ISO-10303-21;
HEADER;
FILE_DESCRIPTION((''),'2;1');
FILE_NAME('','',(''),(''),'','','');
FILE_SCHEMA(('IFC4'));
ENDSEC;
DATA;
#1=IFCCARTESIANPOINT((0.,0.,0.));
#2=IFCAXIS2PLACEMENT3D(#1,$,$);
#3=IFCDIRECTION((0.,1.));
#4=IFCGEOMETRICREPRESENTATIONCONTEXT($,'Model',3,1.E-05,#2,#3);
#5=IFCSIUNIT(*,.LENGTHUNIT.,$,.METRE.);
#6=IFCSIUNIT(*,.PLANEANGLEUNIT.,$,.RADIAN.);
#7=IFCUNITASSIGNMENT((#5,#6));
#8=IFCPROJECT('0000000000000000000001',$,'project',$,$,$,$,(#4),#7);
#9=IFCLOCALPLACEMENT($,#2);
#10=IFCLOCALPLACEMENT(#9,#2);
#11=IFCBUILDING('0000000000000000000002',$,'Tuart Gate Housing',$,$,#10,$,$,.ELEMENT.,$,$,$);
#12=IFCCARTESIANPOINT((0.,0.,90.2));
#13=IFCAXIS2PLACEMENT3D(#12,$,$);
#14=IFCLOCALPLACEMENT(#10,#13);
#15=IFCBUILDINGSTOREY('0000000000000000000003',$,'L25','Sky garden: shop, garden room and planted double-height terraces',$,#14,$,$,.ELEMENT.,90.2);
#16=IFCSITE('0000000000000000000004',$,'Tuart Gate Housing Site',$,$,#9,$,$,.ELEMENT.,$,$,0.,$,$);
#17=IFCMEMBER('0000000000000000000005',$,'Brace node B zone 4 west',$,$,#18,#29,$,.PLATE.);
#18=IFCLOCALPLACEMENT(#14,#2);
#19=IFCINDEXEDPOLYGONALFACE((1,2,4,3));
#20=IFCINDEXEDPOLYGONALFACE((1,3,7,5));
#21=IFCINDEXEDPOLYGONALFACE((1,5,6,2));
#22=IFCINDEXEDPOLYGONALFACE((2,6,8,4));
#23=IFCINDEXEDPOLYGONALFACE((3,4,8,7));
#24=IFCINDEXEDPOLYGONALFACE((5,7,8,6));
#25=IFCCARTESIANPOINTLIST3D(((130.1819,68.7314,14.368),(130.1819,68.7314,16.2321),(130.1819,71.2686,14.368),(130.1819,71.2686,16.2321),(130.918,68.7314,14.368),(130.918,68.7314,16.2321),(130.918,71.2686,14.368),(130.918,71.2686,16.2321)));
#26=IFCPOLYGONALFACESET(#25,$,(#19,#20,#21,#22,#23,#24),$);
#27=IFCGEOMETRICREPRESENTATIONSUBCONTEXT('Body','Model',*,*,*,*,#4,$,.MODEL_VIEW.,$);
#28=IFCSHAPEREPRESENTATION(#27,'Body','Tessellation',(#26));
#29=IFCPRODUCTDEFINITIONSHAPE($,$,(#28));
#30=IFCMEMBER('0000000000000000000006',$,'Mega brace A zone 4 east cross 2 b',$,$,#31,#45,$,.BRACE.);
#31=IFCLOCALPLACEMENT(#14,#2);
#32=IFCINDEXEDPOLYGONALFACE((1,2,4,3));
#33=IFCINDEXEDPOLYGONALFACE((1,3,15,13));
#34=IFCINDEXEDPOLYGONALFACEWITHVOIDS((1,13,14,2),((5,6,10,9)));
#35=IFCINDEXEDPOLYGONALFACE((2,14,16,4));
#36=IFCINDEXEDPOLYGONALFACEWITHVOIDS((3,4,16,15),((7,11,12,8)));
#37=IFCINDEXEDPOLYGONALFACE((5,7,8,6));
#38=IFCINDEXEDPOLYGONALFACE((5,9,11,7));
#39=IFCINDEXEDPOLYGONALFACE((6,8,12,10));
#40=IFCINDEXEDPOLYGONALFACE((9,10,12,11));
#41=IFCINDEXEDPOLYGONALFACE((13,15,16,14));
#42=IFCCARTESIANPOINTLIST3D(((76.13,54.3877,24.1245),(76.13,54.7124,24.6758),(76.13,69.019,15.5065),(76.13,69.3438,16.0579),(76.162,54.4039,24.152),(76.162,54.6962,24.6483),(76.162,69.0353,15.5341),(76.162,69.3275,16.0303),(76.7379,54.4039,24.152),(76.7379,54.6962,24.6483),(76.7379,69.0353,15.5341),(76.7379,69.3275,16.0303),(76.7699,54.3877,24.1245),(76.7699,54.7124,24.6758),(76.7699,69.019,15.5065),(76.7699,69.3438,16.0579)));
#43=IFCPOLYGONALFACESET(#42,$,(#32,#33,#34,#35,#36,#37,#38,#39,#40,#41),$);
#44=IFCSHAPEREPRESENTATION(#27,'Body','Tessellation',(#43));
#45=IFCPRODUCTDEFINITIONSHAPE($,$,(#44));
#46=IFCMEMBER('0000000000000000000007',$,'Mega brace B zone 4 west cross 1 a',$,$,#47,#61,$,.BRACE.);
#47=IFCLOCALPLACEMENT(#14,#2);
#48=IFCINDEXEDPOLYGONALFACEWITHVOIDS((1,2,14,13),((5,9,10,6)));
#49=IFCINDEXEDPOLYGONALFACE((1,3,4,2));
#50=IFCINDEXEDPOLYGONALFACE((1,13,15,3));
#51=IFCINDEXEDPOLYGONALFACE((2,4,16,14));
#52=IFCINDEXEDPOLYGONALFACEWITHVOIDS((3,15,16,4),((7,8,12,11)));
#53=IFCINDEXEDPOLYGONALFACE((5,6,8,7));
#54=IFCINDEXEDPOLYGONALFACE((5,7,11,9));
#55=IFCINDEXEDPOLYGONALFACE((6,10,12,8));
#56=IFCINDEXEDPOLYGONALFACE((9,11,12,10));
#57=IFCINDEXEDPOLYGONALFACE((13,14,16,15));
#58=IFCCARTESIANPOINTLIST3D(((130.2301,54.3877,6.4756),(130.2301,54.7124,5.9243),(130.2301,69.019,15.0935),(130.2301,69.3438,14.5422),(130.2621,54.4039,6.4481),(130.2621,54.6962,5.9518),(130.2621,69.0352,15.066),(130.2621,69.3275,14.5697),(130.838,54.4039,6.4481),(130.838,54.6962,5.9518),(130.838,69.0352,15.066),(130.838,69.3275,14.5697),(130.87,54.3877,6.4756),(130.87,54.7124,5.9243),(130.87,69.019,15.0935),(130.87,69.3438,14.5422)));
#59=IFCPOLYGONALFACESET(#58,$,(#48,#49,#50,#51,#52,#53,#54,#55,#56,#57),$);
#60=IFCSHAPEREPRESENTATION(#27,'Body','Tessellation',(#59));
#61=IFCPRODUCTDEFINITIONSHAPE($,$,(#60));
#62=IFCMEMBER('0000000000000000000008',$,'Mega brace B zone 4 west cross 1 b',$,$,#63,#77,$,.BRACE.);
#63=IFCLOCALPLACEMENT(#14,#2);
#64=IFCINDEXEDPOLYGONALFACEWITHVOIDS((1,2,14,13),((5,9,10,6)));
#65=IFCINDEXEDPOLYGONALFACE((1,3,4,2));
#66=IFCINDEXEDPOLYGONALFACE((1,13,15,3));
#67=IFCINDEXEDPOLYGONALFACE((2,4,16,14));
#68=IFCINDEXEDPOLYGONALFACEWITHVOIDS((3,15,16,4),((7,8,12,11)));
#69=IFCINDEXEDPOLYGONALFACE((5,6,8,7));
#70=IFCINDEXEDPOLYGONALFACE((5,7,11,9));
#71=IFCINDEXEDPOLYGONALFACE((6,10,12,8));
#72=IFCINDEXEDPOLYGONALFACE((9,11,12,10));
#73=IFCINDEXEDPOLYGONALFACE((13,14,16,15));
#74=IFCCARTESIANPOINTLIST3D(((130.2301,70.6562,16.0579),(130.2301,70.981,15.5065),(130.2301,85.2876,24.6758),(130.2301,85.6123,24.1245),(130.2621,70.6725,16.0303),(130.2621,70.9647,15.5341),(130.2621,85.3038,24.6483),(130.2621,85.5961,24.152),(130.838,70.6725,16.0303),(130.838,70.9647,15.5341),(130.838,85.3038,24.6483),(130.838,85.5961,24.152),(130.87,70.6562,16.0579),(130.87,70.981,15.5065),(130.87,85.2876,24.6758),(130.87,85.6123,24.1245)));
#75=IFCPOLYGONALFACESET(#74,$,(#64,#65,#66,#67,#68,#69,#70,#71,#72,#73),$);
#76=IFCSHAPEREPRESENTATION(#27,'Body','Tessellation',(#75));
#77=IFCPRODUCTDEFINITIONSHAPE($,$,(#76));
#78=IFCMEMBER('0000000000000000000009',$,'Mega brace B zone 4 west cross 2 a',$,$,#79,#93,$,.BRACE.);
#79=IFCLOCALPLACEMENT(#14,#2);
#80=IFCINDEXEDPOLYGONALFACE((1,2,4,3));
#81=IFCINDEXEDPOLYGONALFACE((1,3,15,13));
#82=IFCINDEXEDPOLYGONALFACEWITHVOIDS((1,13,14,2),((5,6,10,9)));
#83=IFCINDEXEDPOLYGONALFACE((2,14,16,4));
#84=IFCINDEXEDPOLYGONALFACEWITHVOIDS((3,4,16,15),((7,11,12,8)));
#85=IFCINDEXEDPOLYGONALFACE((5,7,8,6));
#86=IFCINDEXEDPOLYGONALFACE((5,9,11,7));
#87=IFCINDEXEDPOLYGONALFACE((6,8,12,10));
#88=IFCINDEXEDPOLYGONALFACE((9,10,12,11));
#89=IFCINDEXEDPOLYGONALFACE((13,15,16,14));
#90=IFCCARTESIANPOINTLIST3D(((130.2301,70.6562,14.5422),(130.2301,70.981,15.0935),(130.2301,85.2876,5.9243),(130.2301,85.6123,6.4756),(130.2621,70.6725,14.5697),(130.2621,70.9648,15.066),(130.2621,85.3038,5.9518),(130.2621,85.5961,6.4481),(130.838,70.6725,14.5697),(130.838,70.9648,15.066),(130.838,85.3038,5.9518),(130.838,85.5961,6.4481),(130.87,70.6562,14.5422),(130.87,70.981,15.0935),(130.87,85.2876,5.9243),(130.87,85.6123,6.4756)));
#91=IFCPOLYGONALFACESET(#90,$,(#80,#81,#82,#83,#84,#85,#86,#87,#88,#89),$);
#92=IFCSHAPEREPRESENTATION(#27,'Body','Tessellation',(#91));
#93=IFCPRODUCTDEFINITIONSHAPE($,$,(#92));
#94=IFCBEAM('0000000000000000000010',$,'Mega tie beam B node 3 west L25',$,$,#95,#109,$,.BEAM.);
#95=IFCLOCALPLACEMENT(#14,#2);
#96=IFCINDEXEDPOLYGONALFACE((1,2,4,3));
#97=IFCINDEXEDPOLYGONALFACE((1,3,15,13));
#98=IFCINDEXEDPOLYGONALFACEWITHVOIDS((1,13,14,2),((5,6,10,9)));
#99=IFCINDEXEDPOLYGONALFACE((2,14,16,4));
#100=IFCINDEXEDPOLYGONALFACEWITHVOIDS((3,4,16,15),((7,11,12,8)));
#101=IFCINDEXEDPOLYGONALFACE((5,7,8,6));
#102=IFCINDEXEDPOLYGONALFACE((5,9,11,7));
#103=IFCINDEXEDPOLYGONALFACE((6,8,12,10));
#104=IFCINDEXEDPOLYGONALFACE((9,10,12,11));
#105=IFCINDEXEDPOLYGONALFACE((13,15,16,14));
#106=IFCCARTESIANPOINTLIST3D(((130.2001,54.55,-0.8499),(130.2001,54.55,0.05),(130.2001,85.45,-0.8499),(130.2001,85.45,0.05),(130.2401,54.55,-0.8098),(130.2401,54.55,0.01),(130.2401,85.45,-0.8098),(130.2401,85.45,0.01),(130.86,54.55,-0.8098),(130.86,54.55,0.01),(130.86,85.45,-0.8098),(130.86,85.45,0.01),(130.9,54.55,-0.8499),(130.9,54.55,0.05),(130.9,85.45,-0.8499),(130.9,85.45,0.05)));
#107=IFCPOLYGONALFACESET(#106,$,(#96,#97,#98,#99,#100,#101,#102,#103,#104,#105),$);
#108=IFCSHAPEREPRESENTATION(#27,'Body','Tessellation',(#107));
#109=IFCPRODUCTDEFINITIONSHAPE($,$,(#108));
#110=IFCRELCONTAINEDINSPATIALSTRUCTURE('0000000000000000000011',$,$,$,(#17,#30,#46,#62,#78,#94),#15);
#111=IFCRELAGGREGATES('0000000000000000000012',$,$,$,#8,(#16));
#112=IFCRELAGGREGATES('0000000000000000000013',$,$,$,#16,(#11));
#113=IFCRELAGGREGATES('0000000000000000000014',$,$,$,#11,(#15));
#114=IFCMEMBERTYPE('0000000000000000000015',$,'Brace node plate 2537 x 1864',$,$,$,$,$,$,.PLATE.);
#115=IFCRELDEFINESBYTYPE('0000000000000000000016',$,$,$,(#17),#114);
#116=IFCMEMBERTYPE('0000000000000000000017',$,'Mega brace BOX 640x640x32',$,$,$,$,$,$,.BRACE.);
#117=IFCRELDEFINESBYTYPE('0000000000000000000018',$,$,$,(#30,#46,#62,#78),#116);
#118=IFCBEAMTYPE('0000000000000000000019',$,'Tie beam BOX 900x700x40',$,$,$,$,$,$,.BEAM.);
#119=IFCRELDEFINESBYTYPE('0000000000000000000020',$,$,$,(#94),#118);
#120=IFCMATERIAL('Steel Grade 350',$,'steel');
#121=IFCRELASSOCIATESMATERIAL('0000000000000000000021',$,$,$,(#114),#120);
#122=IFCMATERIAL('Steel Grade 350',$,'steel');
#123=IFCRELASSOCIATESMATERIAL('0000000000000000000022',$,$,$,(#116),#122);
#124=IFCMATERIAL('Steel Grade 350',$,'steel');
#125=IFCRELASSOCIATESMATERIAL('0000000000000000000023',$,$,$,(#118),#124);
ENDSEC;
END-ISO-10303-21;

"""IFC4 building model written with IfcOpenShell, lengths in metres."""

from ifc_helpers import new_model, si_unit, direction, frame, origin, origin_2d, place, context, subcontext, project, spatial, rectangle, hollow_rectangle, extrude, material, material_profile, profile_set, type_object, element, save


model = new_model("IFC4")

# Units and contexts
model_context = context("Model", 3, precision=1e-05, world=origin(), true_north=direction((0.0, 1.0)))
body_context = subcontext(model_context, "Body", "Model", "MODEL_VIEW")
ifc_project = project(units=[si_unit("LENGTHUNIT", "METRE"), si_unit("PLANEANGLEUNIT", "RADIAN")], contexts=[model_context])

# Site, building, storey
site_placement = place(None, origin())
site = spatial("IfcSite", under=ifc_project, at=site_placement, Name="Tuart Gate Housing Site", CompositionType="ELEMENT", RefElevation=0.0)
building_placement = place(site_placement, origin())
building = spatial("IfcBuilding", under=site, at=building_placement, Name="Tuart Gate Housing", CompositionType="ELEMENT")
storey_placement = place(building_placement, frame((0.0, 0.0, 90.2)))
storey = spatial("IfcBuildingStorey", under=building, at=storey_placement, Name="L25", Description="Sky garden: shop, garden room and planted double-height terraces", CompositionType="ELEMENT", Elevation=90.2)

# Members
ifc_material_1 = material(Name="Steel Grade 350", Category="steel")
ifc_material_profile_1 = material_profile(ifc_material_1, rectangle(XDim=2.5371, YDim=1.864, at=origin_2d()), Name="Brace node plate 2537 x 1864")
ifc_profile_set_1 = profile_set([ifc_material_profile_1], Name="Steel Grade 350")
member_type_1 = type_object("IfcMemberType", Name="Brace node plate 2537 x 1864", PredefinedType="PLATE", material=ifc_profile_set_1)
member_placement = place(storey_placement, frame((130.1819, 70.0, 15.3), z_axis=(1.0, 0.0, 0.0), x_axis=(0.0, 1.0, 0.0)))
element("IfcMember", 1, at=member_placement, inside=storey, type_object=member_type_1, Name="Brace node B zone 4 west", PredefinedType="PLATE", context=body_context, shape_type="SweptSolid", body=[
    extrude(rectangle(XDim=2.5371, YDim=1.864, at=origin_2d()), origin(), (0.0, 0.0, 1.0), 0.7361),
])
ifc_material_2 = material(Name="Steel Grade 350", Category="steel")
ifc_material_profile_2 = material_profile(ifc_material_2, hollow_rectangle(XDim=0.6399, YDim=0.6399, WallThickness=0.032, at=origin_2d()), Name="BOX 640x640x32")
ifc_profile_set_2 = profile_set([ifc_material_profile_2], Name="Steel Grade 350")
member_type_2 = type_object("IfcMemberType", Name="Mega brace BOX 640x640x32", PredefinedType="BRACE", material=ifc_profile_set_2)
for number, where, z_axis, x_axis, name in (
    (2, (76.45, 69.1814, 15.7822), (0.0, -0.861645, 0.507512), (1.0, 0.0, 0.0), "Mega brace A zone 4 east cross 2 b"),
    (3, (130.55, 54.55, 6.2), (0.0, 0.861645, 0.507512), (-1.0, 0.0, 0.0), "Mega brace B zone 4 west cross 1 a"),
    (4, (130.55, 70.8186, 15.7822), (0.0, 0.861645, 0.507512), (-1.0, 0.0, 0.0), "Mega brace B zone 4 west cross 1 b"),
    (5, (130.55, 85.45, 6.2), (0.0, -0.861645, 0.507512), (1.0, 0.0, 0.0), "Mega brace B zone 4 west cross 2 a"),
):
    element("IfcMember", number, at=place(storey_placement, frame(where, z_axis=z_axis, x_axis=x_axis)), inside=storey, type_object=member_type_2, Name=name, PredefinedType="BRACE", context=body_context, shape_type="SweptSolid", body=[
        extrude(hollow_rectangle(XDim=0.6399, YDim=0.6399, WallThickness=0.032, at=origin_2d()), origin(), (0.0, 0.0, 1.0), 16.9807),
    ])

# Beam
ifc_material_3 = material(Name="Steel Grade 350", Category="steel")
ifc_material_profile_3 = material_profile(ifc_material_3, hollow_rectangle(XDim=0.7, YDim=0.8999, WallThickness=0.04, at=origin_2d()), Name="BOX 900x700x40")
ifc_profile_set_3 = profile_set([ifc_material_profile_3], Name="Steel Grade 350")
beam_type = type_object("IfcBeamType", Name="Tie beam BOX 900x700x40", PredefinedType="BEAM", material=ifc_profile_set_3)
beam_placement = place(storey_placement, frame((130.55, 54.55, -0.3999), z_axis=(0.0, 1.0, 0.0), x_axis=(-1.0, 0.0, 0.0)))
element("IfcBeam", 6, at=beam_placement, inside=storey, type_object=beam_type, Name="Mega tie beam B node 3 west L25", PredefinedType="BEAM", context=body_context, shape_type="SweptSolid", body=[
    extrude(hollow_rectangle(XDim=0.7, YDim=0.8999, WallThickness=0.04, at=origin_2d()), origin(), (0.0, 0.0, 1.0), 30.8999),
])

save(model, "model.ifc")
